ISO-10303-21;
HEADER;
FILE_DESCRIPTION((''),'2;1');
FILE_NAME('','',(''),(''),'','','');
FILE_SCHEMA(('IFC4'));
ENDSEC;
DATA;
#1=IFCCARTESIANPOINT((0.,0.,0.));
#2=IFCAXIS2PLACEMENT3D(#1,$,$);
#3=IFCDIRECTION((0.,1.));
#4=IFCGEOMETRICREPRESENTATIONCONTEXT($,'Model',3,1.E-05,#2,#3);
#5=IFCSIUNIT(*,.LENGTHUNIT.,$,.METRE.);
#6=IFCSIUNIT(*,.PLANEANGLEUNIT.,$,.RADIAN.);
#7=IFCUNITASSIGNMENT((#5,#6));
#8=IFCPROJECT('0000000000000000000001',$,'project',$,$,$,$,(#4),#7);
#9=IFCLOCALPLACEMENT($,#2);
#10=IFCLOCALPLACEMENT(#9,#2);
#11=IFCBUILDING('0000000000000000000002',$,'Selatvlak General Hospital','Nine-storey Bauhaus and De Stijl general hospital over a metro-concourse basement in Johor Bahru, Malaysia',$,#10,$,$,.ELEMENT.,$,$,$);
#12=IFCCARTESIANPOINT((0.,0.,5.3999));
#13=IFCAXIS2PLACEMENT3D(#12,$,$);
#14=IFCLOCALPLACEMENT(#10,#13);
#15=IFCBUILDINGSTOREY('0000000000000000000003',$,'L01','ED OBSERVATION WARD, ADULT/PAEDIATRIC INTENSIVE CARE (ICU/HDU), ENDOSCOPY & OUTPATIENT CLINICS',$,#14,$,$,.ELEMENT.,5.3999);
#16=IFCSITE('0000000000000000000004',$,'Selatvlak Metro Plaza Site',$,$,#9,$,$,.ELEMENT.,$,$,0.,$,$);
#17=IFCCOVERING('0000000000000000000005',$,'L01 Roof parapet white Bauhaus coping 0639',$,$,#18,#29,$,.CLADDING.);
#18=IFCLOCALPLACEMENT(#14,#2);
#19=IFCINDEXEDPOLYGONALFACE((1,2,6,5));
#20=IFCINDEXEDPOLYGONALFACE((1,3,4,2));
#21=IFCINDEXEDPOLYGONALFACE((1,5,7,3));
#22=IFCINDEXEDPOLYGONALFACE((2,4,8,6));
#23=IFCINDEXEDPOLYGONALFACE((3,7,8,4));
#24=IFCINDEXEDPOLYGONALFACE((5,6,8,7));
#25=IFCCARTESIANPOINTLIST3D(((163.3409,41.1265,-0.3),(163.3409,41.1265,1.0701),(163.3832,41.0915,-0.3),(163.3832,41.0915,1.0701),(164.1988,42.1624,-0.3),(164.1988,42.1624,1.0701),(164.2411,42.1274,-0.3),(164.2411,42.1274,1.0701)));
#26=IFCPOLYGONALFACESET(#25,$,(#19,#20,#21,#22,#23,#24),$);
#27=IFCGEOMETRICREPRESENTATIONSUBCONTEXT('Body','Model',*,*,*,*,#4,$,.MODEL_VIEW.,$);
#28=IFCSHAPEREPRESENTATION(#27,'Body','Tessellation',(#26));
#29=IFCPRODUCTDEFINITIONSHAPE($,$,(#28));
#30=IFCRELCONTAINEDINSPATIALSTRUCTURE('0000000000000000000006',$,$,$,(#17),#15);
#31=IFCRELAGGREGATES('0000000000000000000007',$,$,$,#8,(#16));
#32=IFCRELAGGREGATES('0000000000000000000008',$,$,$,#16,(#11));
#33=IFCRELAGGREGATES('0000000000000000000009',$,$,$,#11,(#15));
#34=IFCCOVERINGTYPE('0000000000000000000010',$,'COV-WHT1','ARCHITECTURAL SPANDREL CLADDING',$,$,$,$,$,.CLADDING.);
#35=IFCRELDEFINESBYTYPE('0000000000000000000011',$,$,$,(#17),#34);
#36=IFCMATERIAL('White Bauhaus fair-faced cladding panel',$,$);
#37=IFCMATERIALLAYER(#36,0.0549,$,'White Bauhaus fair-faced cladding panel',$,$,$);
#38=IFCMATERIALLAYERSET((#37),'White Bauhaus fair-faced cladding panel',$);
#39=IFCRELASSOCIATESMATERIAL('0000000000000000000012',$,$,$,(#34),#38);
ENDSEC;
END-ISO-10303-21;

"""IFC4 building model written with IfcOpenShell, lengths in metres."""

from ifc_helpers import new_model, si_unit, direction, frame, origin, origin_2d, place, context, subcontext, project, spatial, rectangle, extrude, material, layer, layer_set, type_object, element, save


model = new_model("IFC4")

# Units and contexts
model_context = context("Model", 3, precision=1e-05, world=origin(), true_north=direction((0.0, 1.0)))
body_context = subcontext(model_context, "Body", "Model", "MODEL_VIEW")
ifc_project = project(units=[si_unit("LENGTHUNIT", "METRE"), si_unit("PLANEANGLEUNIT", "RADIAN")], contexts=[model_context])

# Site, building, storey
site_placement = place(None, origin())
site = spatial("IfcSite", under=ifc_project, at=site_placement, Name="Selatvlak Metro Plaza Site", CompositionType="ELEMENT", RefElevation=0.0)
building_placement = place(site_placement, origin())
building = spatial("IfcBuilding", under=site, at=building_placement, Name="Selatvlak General Hospital", Description="Nine-storey Bauhaus and De Stijl general hospital over a metro-concourse basement in Johor Bahru, Malaysia", CompositionType="ELEMENT")
storey_placement = place(building_placement, frame((0.0, 0.0, 5.3999)))
storey = spatial("IfcBuildingStorey", under=building, at=storey_placement, Name="L01", Description="ED OBSERVATION WARD, ADULT/PAEDIATRIC INTENSIVE CARE (ICU/HDU), ENDOSCOPY & OUTPATIENT CLINICS", CompositionType="ELEMENT", Elevation=5.3999)

# Covering
ifc_material_1 = material(Name="White Bauhaus fair-faced cladding panel")
ifc_layer_1 = layer(ifc_material_1, 0.0549, Name="White Bauhaus fair-faced cladding panel")
ifc_layer_set_1 = layer_set([ifc_layer_1], Name="White Bauhaus fair-faced cladding panel")
covering_type_1 = type_object("IfcCoveringType", Name="COV-WHT1", Description="ARCHITECTURAL SPANDREL CLADDING", PredefinedType="CLADDING", material=ifc_layer_set_1)
covering_1_placement = place(storey_placement, frame((163.791, 41.627, -0.3), z_axis=(0.0, 0.0, 1.0), x_axis=(-0.637841, -0.770168, 0.0)))
element("IfcCovering", 1, at=covering_1_placement, inside=storey, type_object=covering_type_1, Name="L01 Roof parapet white Bauhaus coping 0639", PredefinedType="CLADDING", context=body_context, shape_type="SweptSolid", body=[
    extrude(rectangle(XDim=1.345, YDim=0.0549, at=origin_2d()), origin(), (0.0, 0.0, 1.0), 1.3701),
])

save(model, "model.ifc")
